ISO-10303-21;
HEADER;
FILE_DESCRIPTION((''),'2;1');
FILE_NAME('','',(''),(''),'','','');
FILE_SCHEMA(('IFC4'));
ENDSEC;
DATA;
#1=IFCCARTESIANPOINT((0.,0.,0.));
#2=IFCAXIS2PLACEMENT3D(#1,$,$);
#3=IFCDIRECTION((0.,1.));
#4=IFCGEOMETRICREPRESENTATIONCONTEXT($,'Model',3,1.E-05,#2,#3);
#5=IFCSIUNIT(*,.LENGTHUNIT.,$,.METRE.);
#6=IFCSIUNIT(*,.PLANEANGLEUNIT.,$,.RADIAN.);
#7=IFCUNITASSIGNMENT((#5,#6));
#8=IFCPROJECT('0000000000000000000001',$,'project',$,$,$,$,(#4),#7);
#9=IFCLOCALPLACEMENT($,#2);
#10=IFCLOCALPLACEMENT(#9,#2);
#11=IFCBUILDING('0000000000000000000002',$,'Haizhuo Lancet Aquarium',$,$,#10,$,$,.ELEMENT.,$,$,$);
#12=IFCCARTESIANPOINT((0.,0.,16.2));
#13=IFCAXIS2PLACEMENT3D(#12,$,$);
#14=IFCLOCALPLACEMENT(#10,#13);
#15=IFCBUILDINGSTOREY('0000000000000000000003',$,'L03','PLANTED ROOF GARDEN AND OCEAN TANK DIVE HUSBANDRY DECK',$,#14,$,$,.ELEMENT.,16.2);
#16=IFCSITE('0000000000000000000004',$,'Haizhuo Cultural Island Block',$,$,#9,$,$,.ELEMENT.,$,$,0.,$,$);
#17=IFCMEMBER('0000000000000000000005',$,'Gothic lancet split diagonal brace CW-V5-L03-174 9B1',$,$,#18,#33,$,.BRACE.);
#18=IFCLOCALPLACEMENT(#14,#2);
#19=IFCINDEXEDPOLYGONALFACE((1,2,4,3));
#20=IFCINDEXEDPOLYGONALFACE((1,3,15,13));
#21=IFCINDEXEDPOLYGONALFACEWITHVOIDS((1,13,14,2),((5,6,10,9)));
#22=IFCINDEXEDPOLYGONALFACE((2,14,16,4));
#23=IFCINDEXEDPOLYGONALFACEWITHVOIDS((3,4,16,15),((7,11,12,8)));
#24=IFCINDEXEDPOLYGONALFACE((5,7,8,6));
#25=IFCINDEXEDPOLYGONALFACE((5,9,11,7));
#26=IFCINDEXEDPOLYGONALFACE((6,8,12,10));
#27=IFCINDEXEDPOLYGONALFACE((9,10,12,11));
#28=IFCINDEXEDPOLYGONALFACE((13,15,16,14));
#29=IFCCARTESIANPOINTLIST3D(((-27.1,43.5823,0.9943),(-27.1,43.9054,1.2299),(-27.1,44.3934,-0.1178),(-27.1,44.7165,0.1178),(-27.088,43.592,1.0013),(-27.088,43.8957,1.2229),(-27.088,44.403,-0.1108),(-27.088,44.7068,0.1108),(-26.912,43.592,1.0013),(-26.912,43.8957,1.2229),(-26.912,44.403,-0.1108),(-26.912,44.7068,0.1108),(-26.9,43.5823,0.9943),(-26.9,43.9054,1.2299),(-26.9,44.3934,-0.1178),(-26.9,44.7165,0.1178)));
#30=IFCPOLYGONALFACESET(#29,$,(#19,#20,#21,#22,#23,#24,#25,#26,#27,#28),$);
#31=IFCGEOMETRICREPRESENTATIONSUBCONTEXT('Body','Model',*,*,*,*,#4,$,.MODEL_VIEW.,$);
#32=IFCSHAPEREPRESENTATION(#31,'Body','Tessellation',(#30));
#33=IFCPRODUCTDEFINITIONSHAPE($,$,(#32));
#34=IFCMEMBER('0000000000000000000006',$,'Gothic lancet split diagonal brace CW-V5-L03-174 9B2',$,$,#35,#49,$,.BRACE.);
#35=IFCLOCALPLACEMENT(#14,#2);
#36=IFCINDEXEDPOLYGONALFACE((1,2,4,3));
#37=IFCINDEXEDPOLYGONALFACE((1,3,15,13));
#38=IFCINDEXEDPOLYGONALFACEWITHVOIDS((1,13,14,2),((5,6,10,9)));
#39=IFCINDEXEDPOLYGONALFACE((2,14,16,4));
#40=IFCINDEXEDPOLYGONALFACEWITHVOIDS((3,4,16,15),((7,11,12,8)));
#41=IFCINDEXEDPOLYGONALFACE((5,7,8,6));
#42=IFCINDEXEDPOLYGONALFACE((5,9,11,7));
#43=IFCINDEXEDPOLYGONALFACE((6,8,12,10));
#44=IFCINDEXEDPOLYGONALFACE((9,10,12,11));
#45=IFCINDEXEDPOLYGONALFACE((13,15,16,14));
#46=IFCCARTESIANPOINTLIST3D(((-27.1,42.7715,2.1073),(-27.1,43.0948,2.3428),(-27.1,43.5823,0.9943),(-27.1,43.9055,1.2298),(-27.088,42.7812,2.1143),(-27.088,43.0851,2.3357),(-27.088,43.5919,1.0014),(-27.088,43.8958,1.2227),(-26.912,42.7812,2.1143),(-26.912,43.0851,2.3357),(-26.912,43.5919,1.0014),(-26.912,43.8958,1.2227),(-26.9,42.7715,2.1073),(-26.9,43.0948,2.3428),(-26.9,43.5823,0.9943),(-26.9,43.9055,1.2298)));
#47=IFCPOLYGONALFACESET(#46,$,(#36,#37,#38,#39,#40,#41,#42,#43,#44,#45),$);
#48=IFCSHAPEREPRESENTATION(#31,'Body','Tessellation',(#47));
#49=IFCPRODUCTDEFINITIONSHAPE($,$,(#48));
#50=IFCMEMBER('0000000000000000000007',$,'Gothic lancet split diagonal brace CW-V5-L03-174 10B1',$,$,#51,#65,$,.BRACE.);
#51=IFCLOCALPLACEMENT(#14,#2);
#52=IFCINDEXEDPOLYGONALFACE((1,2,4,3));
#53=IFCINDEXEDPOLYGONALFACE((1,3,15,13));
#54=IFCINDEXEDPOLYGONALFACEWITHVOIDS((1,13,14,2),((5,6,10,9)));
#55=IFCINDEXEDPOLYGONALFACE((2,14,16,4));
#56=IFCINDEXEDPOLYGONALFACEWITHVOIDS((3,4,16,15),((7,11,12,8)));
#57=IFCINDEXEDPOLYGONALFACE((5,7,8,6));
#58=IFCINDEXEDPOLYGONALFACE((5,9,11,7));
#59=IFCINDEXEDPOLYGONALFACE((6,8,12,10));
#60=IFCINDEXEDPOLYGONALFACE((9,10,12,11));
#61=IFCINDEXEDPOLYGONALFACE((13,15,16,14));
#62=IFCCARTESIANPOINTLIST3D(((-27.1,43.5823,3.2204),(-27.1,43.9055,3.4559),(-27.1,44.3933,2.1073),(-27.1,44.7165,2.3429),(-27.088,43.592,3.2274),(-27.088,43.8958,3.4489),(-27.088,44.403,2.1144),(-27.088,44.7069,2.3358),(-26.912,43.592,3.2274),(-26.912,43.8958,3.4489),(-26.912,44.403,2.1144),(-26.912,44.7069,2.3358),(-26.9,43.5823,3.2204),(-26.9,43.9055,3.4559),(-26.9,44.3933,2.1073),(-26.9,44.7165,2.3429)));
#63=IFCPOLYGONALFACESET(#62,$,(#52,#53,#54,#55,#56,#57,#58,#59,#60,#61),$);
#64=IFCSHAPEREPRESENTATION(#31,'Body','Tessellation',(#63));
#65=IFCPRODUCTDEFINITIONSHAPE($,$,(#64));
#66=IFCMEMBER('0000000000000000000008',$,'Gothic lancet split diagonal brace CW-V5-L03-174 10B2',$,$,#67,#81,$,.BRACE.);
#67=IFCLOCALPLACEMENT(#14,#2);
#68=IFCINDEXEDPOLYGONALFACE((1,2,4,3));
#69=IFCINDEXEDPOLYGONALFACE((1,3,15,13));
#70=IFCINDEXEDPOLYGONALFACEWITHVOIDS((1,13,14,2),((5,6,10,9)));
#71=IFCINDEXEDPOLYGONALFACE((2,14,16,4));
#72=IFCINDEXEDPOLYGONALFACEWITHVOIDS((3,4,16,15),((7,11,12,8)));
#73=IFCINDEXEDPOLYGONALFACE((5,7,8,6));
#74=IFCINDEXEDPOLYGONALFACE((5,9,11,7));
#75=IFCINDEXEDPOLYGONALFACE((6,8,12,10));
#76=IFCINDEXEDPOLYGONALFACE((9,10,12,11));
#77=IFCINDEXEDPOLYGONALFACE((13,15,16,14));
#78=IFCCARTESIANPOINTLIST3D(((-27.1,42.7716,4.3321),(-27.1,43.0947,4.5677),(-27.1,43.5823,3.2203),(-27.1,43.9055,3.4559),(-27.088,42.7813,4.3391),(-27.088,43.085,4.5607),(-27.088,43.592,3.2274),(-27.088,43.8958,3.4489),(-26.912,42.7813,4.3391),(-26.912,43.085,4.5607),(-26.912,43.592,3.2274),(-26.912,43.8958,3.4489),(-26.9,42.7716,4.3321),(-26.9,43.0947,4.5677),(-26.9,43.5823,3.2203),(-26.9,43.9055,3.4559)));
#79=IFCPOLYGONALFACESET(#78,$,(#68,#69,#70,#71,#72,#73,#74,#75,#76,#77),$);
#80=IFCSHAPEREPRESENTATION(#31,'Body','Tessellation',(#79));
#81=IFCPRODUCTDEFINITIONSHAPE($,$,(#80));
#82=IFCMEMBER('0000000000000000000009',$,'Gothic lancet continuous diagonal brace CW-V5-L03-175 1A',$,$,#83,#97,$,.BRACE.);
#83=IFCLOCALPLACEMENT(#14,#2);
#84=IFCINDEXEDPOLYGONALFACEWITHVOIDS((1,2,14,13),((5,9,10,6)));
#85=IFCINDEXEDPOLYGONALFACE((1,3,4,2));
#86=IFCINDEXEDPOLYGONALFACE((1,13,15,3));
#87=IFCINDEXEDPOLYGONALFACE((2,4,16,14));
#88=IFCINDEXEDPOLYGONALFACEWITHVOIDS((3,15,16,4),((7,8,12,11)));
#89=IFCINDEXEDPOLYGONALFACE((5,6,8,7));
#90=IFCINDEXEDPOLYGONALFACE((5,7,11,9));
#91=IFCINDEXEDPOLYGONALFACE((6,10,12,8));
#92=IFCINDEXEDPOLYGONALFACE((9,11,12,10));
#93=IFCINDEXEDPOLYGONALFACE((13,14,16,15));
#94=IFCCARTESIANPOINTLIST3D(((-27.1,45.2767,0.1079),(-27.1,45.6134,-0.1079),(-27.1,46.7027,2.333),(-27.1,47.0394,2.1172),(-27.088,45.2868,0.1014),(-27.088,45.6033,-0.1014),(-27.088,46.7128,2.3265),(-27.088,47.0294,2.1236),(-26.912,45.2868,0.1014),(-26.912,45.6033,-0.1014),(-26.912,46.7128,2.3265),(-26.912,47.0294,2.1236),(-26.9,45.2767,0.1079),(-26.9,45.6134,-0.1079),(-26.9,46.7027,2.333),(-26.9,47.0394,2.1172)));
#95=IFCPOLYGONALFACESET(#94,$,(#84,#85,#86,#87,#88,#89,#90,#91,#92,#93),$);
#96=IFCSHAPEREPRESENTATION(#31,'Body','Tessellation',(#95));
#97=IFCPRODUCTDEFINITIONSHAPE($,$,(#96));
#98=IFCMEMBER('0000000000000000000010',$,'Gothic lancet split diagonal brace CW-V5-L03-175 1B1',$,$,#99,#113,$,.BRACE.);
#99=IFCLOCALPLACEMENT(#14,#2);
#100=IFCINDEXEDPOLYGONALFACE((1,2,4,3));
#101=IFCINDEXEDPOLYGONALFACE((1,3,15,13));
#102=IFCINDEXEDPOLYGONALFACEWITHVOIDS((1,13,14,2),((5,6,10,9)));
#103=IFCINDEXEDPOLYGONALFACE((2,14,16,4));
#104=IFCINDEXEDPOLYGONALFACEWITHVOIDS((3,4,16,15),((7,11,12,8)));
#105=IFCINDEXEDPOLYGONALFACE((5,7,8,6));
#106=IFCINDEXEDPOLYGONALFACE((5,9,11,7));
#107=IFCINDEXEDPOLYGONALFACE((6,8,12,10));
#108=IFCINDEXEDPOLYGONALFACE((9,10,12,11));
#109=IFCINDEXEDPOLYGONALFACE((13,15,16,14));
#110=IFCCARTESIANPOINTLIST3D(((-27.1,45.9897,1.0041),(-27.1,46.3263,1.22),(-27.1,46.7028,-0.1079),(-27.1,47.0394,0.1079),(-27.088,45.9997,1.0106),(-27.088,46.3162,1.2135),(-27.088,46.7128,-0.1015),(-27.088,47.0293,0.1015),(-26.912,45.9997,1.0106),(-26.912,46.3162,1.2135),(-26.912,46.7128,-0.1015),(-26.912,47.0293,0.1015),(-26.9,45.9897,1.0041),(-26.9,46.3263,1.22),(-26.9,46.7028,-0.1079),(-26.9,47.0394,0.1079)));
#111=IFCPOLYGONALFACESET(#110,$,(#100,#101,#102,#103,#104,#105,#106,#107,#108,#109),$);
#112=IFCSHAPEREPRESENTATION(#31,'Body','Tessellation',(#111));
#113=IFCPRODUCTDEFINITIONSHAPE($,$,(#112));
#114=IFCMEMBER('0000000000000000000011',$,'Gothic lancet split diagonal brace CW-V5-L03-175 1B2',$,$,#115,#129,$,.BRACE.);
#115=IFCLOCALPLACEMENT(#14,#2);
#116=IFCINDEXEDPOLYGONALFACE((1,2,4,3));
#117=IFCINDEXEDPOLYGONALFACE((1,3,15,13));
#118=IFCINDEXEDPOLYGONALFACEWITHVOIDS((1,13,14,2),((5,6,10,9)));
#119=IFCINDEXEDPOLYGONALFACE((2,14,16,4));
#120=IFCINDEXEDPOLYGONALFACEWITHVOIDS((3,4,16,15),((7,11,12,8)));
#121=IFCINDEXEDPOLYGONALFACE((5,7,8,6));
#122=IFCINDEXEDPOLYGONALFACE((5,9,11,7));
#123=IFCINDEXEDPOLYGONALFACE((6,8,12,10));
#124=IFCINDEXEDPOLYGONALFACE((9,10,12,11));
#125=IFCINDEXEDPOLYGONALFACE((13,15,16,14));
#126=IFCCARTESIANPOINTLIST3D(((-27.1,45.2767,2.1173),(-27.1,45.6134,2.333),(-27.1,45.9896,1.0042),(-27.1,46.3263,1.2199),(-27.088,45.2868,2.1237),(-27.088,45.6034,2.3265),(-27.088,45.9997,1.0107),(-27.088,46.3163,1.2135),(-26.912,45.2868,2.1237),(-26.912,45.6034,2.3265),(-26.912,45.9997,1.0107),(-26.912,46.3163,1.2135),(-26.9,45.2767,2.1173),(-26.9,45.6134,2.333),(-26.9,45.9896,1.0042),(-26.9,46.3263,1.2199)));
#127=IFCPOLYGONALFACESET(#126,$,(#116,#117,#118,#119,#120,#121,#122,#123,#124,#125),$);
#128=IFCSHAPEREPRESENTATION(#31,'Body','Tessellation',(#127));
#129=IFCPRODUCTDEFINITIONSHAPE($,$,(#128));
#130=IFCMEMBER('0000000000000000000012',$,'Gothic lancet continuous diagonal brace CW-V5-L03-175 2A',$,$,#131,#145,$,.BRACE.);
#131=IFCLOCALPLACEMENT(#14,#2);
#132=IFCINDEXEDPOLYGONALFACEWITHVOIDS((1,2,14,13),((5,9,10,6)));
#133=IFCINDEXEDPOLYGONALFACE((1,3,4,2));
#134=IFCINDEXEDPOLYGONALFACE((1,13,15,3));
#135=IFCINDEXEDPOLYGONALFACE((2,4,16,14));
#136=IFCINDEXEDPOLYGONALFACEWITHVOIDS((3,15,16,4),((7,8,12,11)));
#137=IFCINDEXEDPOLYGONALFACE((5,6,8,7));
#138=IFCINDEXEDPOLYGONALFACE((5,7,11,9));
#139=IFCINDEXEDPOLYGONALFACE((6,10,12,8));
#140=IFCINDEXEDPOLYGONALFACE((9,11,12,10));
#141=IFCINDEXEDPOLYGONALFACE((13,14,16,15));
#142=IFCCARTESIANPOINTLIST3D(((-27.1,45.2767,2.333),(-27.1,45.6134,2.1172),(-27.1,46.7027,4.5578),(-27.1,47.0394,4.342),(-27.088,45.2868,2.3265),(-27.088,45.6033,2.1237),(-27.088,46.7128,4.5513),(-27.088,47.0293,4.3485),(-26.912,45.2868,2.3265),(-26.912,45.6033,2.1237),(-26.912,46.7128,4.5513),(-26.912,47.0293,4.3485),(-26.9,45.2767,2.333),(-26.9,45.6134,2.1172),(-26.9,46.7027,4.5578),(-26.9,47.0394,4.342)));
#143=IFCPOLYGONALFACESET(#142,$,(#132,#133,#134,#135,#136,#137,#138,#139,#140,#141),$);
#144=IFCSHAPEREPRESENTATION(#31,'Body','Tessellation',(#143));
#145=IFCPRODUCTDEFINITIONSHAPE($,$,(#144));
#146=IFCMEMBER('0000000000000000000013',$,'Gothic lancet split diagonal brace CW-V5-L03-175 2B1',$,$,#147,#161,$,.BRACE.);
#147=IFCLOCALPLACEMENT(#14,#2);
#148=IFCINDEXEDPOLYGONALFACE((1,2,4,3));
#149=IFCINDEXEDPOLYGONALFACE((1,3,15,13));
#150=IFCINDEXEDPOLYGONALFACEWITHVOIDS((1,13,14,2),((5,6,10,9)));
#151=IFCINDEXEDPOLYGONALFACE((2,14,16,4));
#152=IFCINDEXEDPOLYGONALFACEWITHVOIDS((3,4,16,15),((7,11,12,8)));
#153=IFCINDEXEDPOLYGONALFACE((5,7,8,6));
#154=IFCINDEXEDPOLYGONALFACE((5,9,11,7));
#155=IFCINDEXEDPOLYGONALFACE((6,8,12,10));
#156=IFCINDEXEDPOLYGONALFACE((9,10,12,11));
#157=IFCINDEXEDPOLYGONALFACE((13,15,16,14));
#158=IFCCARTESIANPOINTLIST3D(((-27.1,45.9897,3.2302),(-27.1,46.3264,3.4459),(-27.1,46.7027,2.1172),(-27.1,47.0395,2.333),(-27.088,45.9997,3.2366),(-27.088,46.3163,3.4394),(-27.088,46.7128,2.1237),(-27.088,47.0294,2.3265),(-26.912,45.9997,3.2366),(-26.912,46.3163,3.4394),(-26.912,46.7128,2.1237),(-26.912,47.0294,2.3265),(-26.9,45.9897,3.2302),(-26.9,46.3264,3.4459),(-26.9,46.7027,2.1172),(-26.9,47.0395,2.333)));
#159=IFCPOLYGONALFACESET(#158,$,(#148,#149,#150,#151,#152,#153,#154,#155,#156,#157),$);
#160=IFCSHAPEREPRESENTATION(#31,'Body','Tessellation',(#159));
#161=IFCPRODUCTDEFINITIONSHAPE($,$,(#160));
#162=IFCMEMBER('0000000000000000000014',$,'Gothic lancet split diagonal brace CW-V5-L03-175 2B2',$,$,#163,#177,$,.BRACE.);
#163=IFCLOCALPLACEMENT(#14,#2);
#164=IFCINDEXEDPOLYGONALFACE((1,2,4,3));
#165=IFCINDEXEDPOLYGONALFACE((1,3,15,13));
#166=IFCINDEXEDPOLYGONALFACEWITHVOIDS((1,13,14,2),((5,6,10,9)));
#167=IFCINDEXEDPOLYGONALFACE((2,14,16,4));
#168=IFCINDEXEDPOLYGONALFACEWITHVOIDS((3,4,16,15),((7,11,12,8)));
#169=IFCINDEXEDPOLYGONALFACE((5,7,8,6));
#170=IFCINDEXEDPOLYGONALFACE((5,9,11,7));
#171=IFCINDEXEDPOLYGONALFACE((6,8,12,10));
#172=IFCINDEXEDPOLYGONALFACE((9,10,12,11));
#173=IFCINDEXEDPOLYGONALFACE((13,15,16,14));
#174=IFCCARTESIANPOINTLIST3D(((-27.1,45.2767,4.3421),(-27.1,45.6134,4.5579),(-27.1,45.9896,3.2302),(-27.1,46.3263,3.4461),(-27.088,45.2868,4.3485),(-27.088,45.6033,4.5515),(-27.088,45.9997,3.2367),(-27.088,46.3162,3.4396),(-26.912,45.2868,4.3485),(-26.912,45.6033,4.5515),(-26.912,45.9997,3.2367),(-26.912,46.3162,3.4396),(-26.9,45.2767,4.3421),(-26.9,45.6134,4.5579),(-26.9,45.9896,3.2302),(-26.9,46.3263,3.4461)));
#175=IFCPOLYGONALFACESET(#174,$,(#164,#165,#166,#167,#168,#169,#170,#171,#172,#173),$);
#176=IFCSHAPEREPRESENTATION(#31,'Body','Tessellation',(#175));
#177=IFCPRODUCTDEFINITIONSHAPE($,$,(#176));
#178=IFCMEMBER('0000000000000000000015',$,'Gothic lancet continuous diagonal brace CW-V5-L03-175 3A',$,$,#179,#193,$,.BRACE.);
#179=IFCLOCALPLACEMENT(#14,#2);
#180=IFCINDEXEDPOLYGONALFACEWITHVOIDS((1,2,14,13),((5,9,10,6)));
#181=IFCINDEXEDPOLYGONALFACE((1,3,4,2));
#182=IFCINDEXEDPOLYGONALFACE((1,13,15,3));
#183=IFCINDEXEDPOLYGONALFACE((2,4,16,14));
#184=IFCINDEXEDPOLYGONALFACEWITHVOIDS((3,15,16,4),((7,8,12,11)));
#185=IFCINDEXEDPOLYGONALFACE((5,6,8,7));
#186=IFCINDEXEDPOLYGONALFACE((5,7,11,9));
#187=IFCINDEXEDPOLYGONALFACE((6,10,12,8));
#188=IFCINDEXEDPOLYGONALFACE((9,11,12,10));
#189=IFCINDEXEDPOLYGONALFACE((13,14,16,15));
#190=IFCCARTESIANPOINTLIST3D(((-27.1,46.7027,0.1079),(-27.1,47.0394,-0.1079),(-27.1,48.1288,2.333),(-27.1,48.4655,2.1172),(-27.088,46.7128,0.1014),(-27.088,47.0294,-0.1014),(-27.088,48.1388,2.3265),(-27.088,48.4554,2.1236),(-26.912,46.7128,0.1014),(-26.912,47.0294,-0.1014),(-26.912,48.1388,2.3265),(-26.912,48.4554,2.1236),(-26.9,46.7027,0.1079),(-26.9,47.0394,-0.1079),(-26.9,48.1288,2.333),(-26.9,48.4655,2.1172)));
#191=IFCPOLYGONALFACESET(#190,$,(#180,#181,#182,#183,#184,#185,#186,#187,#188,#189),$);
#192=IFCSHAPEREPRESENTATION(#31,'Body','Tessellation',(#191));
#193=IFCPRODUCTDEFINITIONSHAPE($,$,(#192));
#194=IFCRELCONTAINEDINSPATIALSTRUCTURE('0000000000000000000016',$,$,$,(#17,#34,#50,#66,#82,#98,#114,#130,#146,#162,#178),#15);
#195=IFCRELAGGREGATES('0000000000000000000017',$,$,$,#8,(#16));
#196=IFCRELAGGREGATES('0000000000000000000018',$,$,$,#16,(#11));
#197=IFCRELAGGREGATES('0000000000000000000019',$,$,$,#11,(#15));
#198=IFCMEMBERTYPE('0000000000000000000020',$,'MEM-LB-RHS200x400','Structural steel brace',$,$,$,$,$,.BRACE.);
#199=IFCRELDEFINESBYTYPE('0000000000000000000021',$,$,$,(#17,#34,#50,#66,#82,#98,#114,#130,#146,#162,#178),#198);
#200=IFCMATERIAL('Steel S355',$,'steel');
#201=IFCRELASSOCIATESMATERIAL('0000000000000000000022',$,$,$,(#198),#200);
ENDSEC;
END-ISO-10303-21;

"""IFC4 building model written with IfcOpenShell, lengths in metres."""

from ifc_helpers import new_model, si_unit, direction, frame, origin, origin_2d, place, context, subcontext, project, spatial, hollow_rectangle, extrude, material, material_profile, profile_set, type_object, element, save


model = new_model("IFC4")

# Units and contexts
model_context = context("Model", 3, precision=1e-05, world=origin(), true_north=direction((0.0, 1.0)))
body_context = subcontext(model_context, "Body", "Model", "MODEL_VIEW")
ifc_project = project(units=[si_unit("LENGTHUNIT", "METRE"), si_unit("PLANEANGLEUNIT", "RADIAN")], contexts=[model_context])

# Site, building, storey
site_placement = place(None, origin())
site = spatial("IfcSite", under=ifc_project, at=site_placement, Name="Haizhuo Cultural Island Block", CompositionType="ELEMENT", RefElevation=0.0)
building_placement = place(site_placement, origin())
building = spatial("IfcBuilding", under=site, at=building_placement, Name="Haizhuo Lancet Aquarium", CompositionType="ELEMENT")
storey_placement = place(building_placement, frame((0.0, 0.0, 16.2)))
storey = spatial("IfcBuildingStorey", under=building, at=storey_placement, Name="L03", Description="PLANTED ROOF GARDEN AND OCEAN TANK DIVE HUSBANDRY DECK", CompositionType="ELEMENT", Elevation=16.2)

# Members
ifc_material_1 = material(Name="Steel S355", Category="steel")
ifc_material_profile_1 = material_profile(ifc_material_1, hollow_rectangle(XDim=0.2, YDim=0.3999, WallThickness=0.012, at=origin_2d()), Name="RHS 200x400x12")
ifc_profile_set_1 = profile_set([ifc_material_profile_1], Name="Steel S355")
member_type_1 = type_object("IfcMemberType", Name="MEM-LB-RHS200x400", Description="Structural steel brace", PredefinedType="BRACE", material=ifc_profile_set_1)
member_1_placement = place(storey_placement, frame((-27.0, 44.5549, 0.0), z_axis=(0.0, -0.589247, 0.807953), x_axis=(1.0, 0.0, 0.0)))
element("IfcMember", 1, at=member_1_placement, inside=storey, type_object=member_type_1, Name="Gothic lancet split diagonal brace CW-V5-L03-174 9B1", PredefinedType="BRACE", context=body_context, shape_type="SweptSolid", body=[
    extrude(hollow_rectangle(XDim=0.2, YDim=0.3999, WallThickness=0.012, at=origin_2d()), origin(), (0.0, 0.0, 1.0), 1.3765),
])
member_2_placement = place(storey_placement, frame((-27.0, 43.7439, 1.1121), z_axis=(0.0, -0.588793, 0.808284), x_axis=(1.0, 0.0, 0.0)))
element("IfcMember", 2, at=member_2_placement, inside=storey, type_object=member_type_1, Name="Gothic lancet split diagonal brace CW-V5-L03-174 9B2", PredefinedType="BRACE", context=body_context, shape_type="SweptSolid", body=[
    extrude(hollow_rectangle(XDim=0.2, YDim=0.3999, WallThickness=0.012, at=origin_2d()), origin(), (0.0, 0.0, 1.0), 1.377),
])
member_3_placement = place(storey_placement, frame((-27.0, 44.5549, 2.2251), z_axis=(0.0, -0.588909, 0.808199), x_axis=(1.0, 0.0, 0.0)))
element("IfcMember", 3, at=member_3_placement, inside=storey, type_object=member_type_1, Name="Gothic lancet split diagonal brace CW-V5-L03-174 10B1", PredefinedType="BRACE", context=body_context, shape_type="SweptSolid", body=[
    extrude(hollow_rectangle(XDim=0.2, YDim=0.3999, WallThickness=0.012, at=origin_2d()), origin(), (0.0, 0.0, 1.0), 1.3772),
])
member_4_placement = place(storey_placement, frame((-27.0, 43.7439, 3.3381), z_axis=(0.0, -0.589216, 0.807976), x_axis=(1.0, 0.0, 0.0)))
element("IfcMember", 4, at=member_4_placement, inside=storey, type_object=member_type_1, Name="Gothic lancet split diagonal brace CW-V5-L03-174 10B2", PredefinedType="BRACE", context=body_context, shape_type="SweptSolid", body=[
    extrude(hollow_rectangle(XDim=0.2, YDim=0.3999, WallThickness=0.012, at=origin_2d()), origin(), (0.0, 0.0, 1.0), 1.376),
])
member_5_placement = place(storey_placement, frame((-27.0, 45.4451, 0.0), z_axis=(0.0, 0.53958, 0.841934), x_axis=(-1.0, 0.0, 0.0)))
element("IfcMember", 5, at=member_5_placement, inside=storey, type_object=member_type_1, Name="Gothic lancet continuous diagonal brace CW-V5-L03-175 1A", PredefinedType="BRACE", context=body_context, shape_type="SweptSolid", body=[
    extrude(hollow_rectangle(XDim=0.2, YDim=0.3999, WallThickness=0.012, at=origin_2d()), origin(), (0.0, 0.0, 1.0), 2.6428),
])
member_6_placement = place(storey_placement, frame((-27.0, 46.8711, 0.0), z_axis=(0.0, -0.539814, 0.841784), x_axis=(1.0, 0.0, 0.0)))
element("IfcMember", 6, at=member_6_placement, inside=storey, type_object=member_type_1, Name="Gothic lancet split diagonal brace CW-V5-L03-175 1B1", PredefinedType="BRACE", context=body_context, shape_type="SweptSolid", body=[
    extrude(hollow_rectangle(XDim=0.2, YDim=0.3999, WallThickness=0.012, at=origin_2d()), origin(), (0.0, 0.0, 1.0), 1.321),
])
member_7_placement = place(storey_placement, frame((-27.0, 46.158, 1.1121), z_axis=(0.0, -0.539347, 0.842083), x_axis=(1.0, 0.0, 0.0)))
element("IfcMember", 7, at=member_7_placement, inside=storey, type_object=member_type_1, Name="Gothic lancet split diagonal brace CW-V5-L03-175 1B2", PredefinedType="BRACE", context=body_context, shape_type="SweptSolid", body=[
    extrude(hollow_rectangle(XDim=0.2, YDim=0.3999, WallThickness=0.012, at=origin_2d()), origin(), (0.0, 0.0, 1.0), 1.3218),
])
member_8_placement = place(storey_placement, frame((-27.0, 45.4451, 2.2251), z_axis=(0.0, 0.539622, 0.841907), x_axis=(-1.0, 0.0, 0.0)))
element("IfcMember", 8, at=member_8_placement, inside=storey, type_object=member_type_1, Name="Gothic lancet continuous diagonal brace CW-V5-L03-175 2A", PredefinedType="BRACE", context=body_context, shape_type="SweptSolid", body=[
    extrude(hollow_rectangle(XDim=0.2, YDim=0.3999, WallThickness=0.012, at=origin_2d()), origin(), (0.0, 0.0, 1.0), 2.6426),
])
member_9_placement = place(storey_placement, frame((-27.0, 46.8711, 2.2251), z_axis=(0.0, -0.539478, 0.842), x_axis=(1.0, 0.0, 0.0)))
element("IfcMember", 9, at=member_9_placement, inside=storey, type_object=member_type_1, Name="Gothic lancet split diagonal brace CW-V5-L03-175 2B1", PredefinedType="BRACE", context=body_context, shape_type="SweptSolid", body=[
    extrude(hollow_rectangle(XDim=0.2, YDim=0.3999, WallThickness=0.012, at=origin_2d()), origin(), (0.0, 0.0, 1.0), 1.3218),
])
member_10_placement = place(storey_placement, frame((-27.0, 46.158, 3.3381), z_axis=(0.0, -0.539767, 0.841815), x_axis=(1.0, 0.0, 0.0)))
element("IfcMember", 10, at=member_10_placement, inside=storey, type_object=member_type_1, Name="Gothic lancet split diagonal brace CW-V5-L03-175 2B2", PredefinedType="BRACE", context=body_context, shape_type="SweptSolid", body=[
    extrude(hollow_rectangle(XDim=0.2, YDim=0.3999, WallThickness=0.012, at=origin_2d()), origin(), (0.0, 0.0, 1.0), 1.3208),
])
member_11_placement = place(storey_placement, frame((-27.0, 46.8711, 0.0), z_axis=(0.0, 0.53958, 0.841934), x_axis=(-1.0, 0.0, 0.0)))
element("IfcMember", 11, at=member_11_placement, inside=storey, type_object=member_type_1, Name="Gothic lancet continuous diagonal brace CW-V5-L03-175 3A", PredefinedType="BRACE", context=body_context, shape_type="SweptSolid", body=[
    extrude(hollow_rectangle(XDim=0.2, YDim=0.3999, WallThickness=0.012, at=origin_2d()), origin(), (0.0, 0.0, 1.0), 2.6428),
])

save(model, "model.ifc")
